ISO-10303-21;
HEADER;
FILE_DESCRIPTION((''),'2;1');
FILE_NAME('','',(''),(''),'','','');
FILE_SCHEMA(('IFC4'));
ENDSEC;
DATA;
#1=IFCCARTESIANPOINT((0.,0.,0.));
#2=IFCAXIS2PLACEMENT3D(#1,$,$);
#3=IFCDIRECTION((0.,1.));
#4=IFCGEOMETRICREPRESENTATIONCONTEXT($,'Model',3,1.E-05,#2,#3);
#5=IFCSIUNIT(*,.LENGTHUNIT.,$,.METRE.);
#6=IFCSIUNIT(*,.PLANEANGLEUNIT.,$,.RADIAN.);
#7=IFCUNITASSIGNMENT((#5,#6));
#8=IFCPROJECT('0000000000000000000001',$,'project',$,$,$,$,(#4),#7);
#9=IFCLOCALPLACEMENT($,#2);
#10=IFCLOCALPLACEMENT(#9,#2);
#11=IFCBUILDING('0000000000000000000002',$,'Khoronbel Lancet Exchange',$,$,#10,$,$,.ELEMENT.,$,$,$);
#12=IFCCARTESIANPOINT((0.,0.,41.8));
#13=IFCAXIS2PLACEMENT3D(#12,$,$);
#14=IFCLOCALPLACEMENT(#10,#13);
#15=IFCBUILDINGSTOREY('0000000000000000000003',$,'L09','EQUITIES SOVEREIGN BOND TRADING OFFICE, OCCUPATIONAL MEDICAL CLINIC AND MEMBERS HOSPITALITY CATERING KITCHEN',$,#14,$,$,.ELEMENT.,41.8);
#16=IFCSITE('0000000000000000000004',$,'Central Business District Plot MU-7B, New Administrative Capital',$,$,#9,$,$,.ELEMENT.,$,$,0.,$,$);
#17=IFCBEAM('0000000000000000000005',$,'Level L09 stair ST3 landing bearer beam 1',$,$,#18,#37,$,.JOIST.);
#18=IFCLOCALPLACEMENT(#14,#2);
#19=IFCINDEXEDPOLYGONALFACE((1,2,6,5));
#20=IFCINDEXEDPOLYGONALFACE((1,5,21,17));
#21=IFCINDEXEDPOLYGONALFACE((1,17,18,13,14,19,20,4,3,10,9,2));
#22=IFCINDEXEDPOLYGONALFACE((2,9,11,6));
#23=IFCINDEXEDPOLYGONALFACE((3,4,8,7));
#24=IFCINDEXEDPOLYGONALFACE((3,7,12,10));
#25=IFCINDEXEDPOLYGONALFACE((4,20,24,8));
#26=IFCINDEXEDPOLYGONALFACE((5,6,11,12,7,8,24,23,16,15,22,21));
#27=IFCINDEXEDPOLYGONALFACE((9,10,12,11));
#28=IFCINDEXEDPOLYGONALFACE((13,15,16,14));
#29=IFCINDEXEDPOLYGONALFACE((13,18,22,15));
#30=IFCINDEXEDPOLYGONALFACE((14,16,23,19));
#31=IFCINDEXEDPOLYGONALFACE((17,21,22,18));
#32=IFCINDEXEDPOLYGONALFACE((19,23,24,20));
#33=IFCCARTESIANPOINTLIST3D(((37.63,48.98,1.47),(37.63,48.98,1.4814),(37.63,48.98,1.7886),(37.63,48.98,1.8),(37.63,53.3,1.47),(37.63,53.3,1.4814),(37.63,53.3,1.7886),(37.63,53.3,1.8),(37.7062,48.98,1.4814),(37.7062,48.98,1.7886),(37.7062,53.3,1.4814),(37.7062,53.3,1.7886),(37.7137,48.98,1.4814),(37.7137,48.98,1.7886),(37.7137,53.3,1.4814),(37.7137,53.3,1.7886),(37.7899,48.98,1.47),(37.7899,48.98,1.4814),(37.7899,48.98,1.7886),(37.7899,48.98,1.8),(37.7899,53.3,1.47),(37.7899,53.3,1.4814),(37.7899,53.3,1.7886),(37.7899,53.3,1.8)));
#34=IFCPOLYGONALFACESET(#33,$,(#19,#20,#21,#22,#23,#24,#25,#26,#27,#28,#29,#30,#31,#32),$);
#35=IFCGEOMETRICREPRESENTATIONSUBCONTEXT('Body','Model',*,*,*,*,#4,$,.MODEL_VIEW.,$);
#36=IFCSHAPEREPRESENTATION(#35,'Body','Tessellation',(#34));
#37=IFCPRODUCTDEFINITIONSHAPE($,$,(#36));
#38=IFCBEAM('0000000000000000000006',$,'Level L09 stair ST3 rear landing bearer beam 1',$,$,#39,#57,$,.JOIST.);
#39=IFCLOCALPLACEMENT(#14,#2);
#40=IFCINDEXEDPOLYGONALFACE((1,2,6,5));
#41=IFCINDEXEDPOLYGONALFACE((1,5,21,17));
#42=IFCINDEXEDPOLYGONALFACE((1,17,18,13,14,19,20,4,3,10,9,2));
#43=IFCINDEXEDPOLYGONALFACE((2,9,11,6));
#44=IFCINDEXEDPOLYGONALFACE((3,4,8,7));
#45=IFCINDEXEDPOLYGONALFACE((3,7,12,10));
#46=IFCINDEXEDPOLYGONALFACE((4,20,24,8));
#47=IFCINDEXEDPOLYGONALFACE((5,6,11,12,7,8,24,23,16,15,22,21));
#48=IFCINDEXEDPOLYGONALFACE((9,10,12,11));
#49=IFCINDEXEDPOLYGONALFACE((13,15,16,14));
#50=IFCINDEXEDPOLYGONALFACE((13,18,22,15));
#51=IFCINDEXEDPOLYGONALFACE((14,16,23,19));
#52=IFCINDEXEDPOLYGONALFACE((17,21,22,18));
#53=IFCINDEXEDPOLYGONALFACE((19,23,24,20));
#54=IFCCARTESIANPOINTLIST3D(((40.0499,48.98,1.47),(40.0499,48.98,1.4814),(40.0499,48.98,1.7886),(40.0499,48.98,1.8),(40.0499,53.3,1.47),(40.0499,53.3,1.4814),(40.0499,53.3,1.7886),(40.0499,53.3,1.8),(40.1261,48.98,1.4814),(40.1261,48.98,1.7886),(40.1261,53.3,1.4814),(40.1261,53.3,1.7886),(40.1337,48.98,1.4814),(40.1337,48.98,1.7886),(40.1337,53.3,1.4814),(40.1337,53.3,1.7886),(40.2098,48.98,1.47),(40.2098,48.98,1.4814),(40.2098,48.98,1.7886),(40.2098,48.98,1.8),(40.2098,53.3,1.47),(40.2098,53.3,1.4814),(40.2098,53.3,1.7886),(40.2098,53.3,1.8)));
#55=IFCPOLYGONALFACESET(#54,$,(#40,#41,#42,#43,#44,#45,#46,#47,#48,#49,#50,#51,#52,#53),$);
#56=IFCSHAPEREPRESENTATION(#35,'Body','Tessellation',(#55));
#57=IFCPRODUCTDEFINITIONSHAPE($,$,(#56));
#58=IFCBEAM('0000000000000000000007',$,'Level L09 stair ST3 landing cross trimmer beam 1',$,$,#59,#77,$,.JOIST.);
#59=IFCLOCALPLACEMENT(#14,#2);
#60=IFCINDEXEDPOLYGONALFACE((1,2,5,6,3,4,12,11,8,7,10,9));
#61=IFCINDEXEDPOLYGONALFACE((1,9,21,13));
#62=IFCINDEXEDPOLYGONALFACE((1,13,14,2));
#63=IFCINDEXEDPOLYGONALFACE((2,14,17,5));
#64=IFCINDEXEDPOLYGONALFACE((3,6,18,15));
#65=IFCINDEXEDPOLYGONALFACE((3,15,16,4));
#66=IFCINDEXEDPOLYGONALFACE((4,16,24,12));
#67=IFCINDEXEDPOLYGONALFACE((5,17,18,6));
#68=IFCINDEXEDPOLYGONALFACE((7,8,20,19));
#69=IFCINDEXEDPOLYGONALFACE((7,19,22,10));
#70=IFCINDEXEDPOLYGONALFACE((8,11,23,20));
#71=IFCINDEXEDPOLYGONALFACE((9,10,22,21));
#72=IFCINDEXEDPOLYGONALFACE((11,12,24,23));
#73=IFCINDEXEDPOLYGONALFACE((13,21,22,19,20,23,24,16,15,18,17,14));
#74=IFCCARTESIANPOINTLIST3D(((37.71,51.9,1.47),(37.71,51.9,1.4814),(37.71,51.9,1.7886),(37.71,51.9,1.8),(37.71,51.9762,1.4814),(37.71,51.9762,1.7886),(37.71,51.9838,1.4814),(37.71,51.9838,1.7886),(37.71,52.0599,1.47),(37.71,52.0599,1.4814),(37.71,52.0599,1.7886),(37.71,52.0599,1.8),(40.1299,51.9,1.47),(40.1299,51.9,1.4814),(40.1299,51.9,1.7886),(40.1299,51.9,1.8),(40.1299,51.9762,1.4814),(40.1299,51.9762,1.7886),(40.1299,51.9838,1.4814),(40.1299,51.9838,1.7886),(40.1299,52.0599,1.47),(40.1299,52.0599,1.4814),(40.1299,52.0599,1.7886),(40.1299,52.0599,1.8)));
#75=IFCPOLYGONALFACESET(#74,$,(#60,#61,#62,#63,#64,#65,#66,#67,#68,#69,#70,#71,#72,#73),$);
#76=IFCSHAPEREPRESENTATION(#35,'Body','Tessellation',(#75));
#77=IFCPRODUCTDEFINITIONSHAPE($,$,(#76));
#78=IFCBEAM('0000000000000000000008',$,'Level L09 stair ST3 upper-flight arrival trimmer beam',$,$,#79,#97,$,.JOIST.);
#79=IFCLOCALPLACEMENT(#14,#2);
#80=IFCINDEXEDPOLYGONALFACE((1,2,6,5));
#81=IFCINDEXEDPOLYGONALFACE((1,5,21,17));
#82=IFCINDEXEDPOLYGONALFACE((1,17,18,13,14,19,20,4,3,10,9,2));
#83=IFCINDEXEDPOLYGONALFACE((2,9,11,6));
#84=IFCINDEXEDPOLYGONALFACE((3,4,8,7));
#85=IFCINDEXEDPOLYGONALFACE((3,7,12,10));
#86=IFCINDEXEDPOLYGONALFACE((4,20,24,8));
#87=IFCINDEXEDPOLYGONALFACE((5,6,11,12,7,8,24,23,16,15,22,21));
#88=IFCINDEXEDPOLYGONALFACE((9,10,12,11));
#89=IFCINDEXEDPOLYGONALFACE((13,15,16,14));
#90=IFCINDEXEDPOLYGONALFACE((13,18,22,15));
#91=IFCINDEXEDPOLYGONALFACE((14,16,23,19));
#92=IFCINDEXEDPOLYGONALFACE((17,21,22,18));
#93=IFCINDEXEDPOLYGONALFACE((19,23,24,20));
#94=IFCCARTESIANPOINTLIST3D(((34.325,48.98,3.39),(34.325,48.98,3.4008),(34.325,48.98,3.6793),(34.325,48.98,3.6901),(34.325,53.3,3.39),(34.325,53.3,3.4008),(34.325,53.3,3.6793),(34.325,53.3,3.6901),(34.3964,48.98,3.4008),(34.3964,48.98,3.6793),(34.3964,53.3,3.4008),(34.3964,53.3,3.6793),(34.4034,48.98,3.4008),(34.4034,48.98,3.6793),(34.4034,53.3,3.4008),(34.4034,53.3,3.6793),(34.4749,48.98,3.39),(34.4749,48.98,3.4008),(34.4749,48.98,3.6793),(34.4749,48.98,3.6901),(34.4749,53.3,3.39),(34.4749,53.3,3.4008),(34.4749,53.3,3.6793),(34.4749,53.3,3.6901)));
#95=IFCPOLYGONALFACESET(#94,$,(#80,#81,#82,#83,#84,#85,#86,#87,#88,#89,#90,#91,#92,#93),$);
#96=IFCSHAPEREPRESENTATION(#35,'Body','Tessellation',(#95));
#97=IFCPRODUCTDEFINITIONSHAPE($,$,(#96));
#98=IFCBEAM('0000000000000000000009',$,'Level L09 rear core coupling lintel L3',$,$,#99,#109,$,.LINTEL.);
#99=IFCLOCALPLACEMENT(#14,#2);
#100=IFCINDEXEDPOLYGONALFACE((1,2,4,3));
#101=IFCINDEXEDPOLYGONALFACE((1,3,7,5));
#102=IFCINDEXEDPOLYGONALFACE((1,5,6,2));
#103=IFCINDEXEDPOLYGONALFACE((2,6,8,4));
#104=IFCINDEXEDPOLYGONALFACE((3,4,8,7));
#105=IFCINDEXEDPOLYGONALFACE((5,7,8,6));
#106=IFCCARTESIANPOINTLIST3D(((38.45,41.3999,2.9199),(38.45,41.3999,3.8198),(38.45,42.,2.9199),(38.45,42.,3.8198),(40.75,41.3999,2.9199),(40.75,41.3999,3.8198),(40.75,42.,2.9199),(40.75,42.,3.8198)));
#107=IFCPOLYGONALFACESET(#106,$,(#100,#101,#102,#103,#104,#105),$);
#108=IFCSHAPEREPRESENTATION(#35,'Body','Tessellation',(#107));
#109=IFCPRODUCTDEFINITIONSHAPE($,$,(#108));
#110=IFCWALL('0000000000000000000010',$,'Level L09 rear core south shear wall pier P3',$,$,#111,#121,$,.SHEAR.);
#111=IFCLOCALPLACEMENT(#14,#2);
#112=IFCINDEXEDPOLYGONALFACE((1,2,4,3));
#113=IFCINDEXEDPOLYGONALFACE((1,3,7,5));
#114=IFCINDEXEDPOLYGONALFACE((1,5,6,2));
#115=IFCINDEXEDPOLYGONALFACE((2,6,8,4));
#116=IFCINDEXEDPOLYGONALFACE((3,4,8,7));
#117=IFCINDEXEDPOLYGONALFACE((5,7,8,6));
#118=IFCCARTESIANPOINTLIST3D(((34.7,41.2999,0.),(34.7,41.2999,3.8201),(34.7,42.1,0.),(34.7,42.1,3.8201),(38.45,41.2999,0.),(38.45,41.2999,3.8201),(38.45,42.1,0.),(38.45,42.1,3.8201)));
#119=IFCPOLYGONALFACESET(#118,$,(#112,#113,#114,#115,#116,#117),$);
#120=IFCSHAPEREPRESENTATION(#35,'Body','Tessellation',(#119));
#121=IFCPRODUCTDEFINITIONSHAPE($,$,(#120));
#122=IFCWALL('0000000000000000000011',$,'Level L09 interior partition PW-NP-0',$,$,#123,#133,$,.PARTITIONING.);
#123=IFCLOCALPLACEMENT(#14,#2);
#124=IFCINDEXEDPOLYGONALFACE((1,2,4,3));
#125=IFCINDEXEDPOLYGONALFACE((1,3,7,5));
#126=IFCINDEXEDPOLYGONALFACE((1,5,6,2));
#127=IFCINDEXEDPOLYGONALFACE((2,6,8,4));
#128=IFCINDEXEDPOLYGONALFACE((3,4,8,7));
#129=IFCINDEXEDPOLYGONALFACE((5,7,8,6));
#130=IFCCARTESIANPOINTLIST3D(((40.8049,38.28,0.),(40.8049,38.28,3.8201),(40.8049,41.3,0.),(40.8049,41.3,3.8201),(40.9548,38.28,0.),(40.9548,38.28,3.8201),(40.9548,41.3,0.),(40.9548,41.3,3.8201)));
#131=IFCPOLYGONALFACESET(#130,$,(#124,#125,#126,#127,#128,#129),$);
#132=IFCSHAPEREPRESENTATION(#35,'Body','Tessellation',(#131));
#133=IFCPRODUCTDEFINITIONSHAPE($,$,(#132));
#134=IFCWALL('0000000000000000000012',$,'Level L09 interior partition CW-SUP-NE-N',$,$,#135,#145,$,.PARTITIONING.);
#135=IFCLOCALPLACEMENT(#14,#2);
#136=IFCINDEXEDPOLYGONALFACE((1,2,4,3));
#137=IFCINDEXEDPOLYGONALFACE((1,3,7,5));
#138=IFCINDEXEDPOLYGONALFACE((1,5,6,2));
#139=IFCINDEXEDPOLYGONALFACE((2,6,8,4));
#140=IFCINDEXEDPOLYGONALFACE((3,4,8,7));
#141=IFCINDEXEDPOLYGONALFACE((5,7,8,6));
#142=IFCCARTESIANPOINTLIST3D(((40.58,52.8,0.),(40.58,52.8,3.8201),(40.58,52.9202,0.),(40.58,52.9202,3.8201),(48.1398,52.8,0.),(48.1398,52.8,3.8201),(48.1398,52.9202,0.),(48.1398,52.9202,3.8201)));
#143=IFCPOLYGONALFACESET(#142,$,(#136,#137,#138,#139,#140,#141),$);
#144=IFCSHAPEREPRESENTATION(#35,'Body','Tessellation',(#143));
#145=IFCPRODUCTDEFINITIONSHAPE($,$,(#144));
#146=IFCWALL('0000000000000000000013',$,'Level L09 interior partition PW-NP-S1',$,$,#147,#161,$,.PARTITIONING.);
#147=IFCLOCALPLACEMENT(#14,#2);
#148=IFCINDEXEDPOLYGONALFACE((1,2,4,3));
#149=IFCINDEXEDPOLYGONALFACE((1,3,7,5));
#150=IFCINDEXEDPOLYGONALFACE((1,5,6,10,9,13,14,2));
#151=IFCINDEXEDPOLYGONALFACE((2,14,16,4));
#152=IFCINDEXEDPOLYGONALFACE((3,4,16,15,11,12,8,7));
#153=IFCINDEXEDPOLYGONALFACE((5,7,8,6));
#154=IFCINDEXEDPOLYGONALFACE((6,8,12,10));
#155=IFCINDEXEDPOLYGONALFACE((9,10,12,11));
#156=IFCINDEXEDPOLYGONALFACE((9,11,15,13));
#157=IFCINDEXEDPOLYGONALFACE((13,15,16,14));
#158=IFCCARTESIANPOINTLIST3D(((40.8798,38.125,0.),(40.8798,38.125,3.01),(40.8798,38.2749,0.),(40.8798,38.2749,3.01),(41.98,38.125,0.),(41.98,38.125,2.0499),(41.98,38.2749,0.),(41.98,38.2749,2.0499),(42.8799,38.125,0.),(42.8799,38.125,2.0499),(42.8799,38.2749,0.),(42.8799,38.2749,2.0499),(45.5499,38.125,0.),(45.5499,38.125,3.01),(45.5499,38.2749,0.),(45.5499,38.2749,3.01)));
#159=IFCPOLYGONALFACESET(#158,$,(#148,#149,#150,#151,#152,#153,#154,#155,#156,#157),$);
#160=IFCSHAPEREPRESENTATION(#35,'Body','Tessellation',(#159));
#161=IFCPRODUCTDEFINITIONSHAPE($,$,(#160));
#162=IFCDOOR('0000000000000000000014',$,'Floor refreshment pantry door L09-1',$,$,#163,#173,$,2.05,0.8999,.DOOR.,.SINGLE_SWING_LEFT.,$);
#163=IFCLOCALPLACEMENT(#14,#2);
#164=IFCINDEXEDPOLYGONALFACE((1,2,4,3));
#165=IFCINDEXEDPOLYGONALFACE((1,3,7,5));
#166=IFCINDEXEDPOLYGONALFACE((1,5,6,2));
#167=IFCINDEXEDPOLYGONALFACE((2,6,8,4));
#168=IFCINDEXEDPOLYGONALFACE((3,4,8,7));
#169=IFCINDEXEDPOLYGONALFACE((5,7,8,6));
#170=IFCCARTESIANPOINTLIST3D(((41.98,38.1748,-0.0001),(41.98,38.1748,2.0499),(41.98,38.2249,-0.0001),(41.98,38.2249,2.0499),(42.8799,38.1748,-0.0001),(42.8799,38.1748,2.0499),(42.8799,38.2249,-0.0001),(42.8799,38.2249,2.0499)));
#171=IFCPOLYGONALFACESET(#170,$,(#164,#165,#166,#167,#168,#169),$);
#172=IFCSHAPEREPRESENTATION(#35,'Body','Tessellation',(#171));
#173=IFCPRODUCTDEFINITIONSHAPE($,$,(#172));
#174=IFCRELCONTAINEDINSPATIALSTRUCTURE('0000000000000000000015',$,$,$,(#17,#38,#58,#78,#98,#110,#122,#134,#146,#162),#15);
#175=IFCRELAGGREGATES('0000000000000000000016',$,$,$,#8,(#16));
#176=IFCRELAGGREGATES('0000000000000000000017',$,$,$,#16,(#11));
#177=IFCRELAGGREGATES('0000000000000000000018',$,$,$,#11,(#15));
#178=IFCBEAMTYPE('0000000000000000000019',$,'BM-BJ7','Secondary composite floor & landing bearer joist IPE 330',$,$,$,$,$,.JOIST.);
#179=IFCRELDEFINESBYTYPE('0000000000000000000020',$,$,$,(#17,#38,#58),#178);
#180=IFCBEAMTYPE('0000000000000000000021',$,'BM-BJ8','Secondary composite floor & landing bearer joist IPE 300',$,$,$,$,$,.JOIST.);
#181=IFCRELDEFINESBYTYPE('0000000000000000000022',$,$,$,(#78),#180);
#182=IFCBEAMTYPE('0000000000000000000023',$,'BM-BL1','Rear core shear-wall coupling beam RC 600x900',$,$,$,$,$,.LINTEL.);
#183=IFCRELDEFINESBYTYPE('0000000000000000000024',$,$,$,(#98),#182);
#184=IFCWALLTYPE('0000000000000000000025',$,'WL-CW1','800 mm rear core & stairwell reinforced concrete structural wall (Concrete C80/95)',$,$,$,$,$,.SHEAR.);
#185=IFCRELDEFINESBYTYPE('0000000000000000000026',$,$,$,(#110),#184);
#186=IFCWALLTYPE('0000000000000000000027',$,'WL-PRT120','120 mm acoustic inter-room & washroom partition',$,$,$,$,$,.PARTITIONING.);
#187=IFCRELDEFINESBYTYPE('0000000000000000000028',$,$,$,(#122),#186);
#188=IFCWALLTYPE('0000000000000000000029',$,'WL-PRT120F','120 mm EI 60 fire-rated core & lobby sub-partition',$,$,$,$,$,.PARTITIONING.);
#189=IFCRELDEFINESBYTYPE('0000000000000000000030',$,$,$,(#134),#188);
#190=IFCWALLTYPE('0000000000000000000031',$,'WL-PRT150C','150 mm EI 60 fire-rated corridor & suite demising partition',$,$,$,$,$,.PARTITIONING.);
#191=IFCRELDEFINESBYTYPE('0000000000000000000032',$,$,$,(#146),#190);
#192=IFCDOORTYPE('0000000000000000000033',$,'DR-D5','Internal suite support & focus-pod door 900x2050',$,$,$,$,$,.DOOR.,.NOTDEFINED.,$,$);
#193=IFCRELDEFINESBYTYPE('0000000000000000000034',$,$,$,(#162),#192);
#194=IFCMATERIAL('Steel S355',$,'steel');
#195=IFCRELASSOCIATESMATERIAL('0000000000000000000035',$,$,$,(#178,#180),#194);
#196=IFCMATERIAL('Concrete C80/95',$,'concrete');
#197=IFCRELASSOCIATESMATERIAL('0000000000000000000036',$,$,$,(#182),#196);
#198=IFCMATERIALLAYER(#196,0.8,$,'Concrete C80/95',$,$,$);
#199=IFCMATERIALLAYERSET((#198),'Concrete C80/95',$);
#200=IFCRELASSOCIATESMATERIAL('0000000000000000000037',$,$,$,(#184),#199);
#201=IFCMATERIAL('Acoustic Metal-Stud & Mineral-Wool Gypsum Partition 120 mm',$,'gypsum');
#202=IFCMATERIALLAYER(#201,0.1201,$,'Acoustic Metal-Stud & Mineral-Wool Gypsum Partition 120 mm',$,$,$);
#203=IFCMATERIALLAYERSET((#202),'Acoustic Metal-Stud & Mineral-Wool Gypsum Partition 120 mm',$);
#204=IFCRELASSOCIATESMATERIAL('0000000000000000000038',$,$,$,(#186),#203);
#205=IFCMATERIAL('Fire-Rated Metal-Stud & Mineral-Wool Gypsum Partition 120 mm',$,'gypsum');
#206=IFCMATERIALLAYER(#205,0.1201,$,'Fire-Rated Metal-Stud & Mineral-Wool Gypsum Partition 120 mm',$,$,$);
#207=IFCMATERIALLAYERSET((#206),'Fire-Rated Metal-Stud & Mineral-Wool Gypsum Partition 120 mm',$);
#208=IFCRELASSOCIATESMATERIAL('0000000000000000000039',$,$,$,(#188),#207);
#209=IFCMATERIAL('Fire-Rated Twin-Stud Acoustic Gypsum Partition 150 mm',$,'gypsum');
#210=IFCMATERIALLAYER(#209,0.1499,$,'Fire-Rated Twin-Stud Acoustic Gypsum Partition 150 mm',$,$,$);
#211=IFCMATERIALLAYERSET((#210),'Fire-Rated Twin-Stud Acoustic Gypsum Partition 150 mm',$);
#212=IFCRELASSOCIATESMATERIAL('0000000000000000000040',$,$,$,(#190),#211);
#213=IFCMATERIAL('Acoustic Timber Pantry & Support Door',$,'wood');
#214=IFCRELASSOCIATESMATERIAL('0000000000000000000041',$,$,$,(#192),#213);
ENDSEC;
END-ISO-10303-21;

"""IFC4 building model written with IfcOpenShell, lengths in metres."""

from ifc_helpers import new_model, si_unit, direction, frame, frame_2d, origin, origin_2d, place, context, subcontext, project, spatial, rectangle, i_section, extrude, material, layer, layer_set, material_profile, profile_set, type_object, element, fill, save


model = new_model("IFC4")

# Units and contexts
model_context = context("Model", 3, precision=1e-05, world=origin(), true_north=direction((0.0, 1.0)))
body_context = subcontext(model_context, "Body", "Model", "MODEL_VIEW")
ifc_project = project(units=[si_unit("LENGTHUNIT", "METRE"), si_unit("PLANEANGLEUNIT", "RADIAN")], contexts=[model_context])

# Site, building, storey
site_placement = place(None, origin())
site = spatial("IfcSite", under=ifc_project, at=site_placement, Name="Central Business District Plot MU-7B, New Administrative Capital", CompositionType="ELEMENT", RefElevation=0.0)
building_placement = place(site_placement, origin())
building = spatial("IfcBuilding", under=site, at=building_placement, Name="Khoronbel Lancet Exchange", CompositionType="ELEMENT")
storey_placement = place(building_placement, frame((0.0, 0.0, 41.8)))
storey = spatial("IfcBuildingStorey", under=building, at=storey_placement, Name="L09", Description="EQUITIES SOVEREIGN BOND TRADING OFFICE, OCCUPATIONAL MEDICAL CLINIC AND MEMBERS HOSPITALITY CATERING KITCHEN", CompositionType="ELEMENT", Elevation=41.8)

# Beams
ifc_material_1 = material(Name="Steel S355", Category="steel")
ifc_material_profile_1 = material_profile(ifc_material_1, i_section(OverallWidth=0.1599, OverallDepth=0.3301, WebThickness=0.0076, FlangeThickness=0.0115, at=origin_2d()), Name="IPE 330")
ifc_profile_set_1 = profile_set([ifc_material_profile_1], Name="Steel S355")
beam_type_1 = type_object("IfcBeamType", Name="BM-BJ7", Description="Secondary composite floor & landing bearer joist IPE 330", PredefinedType="JOIST", material=ifc_profile_set_1)
for number, where, z_axis, x_axis, name in (
    (1, (37.71, 48.98, 1.635), (0.0, 1.0, 0.0), (-1.0, 0.0, 0.0), "Level L09 stair ST3 landing bearer beam 1"),
    (2, (40.1299, 48.98, 1.635), (0.0, 1.0, 0.0), (-1.0, 0.0, 0.0), "Level L09 stair ST3 rear landing bearer beam 1"),
):
    element("IfcBeam", number, at=place(storey_placement, frame(where, z_axis=z_axis, x_axis=x_axis)), inside=storey, type_object=beam_type_1, Name=name, PredefinedType="JOIST", context=body_context, shape_type="SweptSolid", body=[
        extrude(i_section(OverallWidth=0.1599, OverallDepth=0.3301, WebThickness=0.0076, FlangeThickness=0.0115, at=origin_2d()), origin(), (0.0, 0.0, 1.0), 4.3201),
    ])
beam_1_placement = place(storey_placement, frame((37.71, 51.98, 1.635), z_axis=(1.0, 0.0, 0.0), x_axis=(0.0, 1.0, 0.0)))
element("IfcBeam", 3, at=beam_1_placement, inside=storey, type_object=beam_type_1, Name="Level L09 stair ST3 landing cross trimmer beam 1", PredefinedType="JOIST", context=body_context, shape_type="SweptSolid", body=[
    extrude(i_section(OverallWidth=0.1599, OverallDepth=0.3301, WebThickness=0.0076, FlangeThickness=0.0115, at=origin_2d()), origin(), (0.0, 0.0, 1.0), 2.4199),
])
ifc_material_profile_2 = material_profile(ifc_material_1, i_section(OverallWidth=0.1499, OverallDepth=0.3, WebThickness=0.0071, FlangeThickness=0.0107, at=origin_2d()), Name="IPE 300")
ifc_profile_set_2 = profile_set([ifc_material_profile_2], Name="Steel S355")
beam_type_2 = type_object("IfcBeamType", Name="BM-BJ8", Description="Secondary composite floor & landing bearer joist IPE 300", PredefinedType="JOIST", material=ifc_profile_set_2)
beam_2_placement = place(storey_placement, frame((34.3999, 48.98, 3.54), z_axis=(0.0, 1.0, 0.0), x_axis=(-1.0, 0.0, 0.0)))
element("IfcBeam", 4, at=beam_2_placement, inside=storey, type_object=beam_type_2, Name="Level L09 stair ST3 upper-flight arrival trimmer beam", PredefinedType="JOIST", context=body_context, shape_type="SweptSolid", body=[
    extrude(i_section(OverallWidth=0.1499, OverallDepth=0.3, WebThickness=0.0071, FlangeThickness=0.0107, at=origin_2d()), origin(), (0.0, 0.0, 1.0), 4.3201),
])
ifc_material_2 = material(Name="Concrete C80/95", Category="concrete")
ifc_material_profile_3 = material_profile(ifc_material_2, rectangle(XDim=0.6001, YDim=0.8999, at=origin_2d()), Name="RC 600x900")
ifc_profile_set_3 = profile_set([ifc_material_profile_3], Name="Concrete C80/95")
beam_type_3 = type_object("IfcBeamType", Name="BM-BL1", Description="Rear core shear-wall coupling beam RC 600x900", PredefinedType="LINTEL", material=ifc_profile_set_3)
beam_3_placement = place(storey_placement, frame((38.45, 41.7, 3.3699), z_axis=(1.0, 0.0, 0.0), x_axis=(0.0, 1.0, 0.0)))
element("IfcBeam", 5, at=beam_3_placement, inside=storey, type_object=beam_type_3, Name="Level L09 rear core coupling lintel L3", PredefinedType="LINTEL", context=body_context, shape_type="SweptSolid", body=[
    extrude(rectangle(XDim=0.6001, YDim=0.8999, at=origin_2d()), origin(), (0.0, 0.0, 1.0), 2.3),
])

# Walls
ifc_layer_1 = layer(ifc_material_2, 0.8, Name="Concrete C80/95")
ifc_layer_set_1 = layer_set([ifc_layer_1], Name="Concrete C80/95")
wall_type_1 = type_object("IfcWallType", Name="WL-CW1", Description="800 mm rear core & stairwell reinforced concrete structural wall (Concrete C80/95)", PredefinedType="SHEAR", material=ifc_layer_set_1)
wall_1_placement = place(storey_placement, frame((38.45, 41.7, 0.0), z_axis=(0.0, 0.0, 1.0), x_axis=(-1.0, 0.0, 0.0)))
element("IfcWall", 6, at=wall_1_placement, inside=storey, type_object=wall_type_1, Name="Level L09 rear core south shear wall pier P3", PredefinedType="SHEAR", context=body_context, shape_type="SweptSolid", body=[
    extrude(rectangle(XDim=3.75, YDim=0.8, at=frame_2d((1.875, 0.0))), origin(), (0.0, 0.0, 1.0), 3.8201),
])
ifc_material_3 = material(Name="Acoustic Metal-Stud & Mineral-Wool Gypsum Partition 120 mm", Category="gypsum")
ifc_layer_2 = layer(ifc_material_3, 0.1201, Name="Acoustic Metal-Stud & Mineral-Wool Gypsum Partition 120 mm")
ifc_layer_set_2 = layer_set([ifc_layer_2], Name="Acoustic Metal-Stud & Mineral-Wool Gypsum Partition 120 mm")
wall_type_2 = type_object("IfcWallType", Name="WL-PRT120", Description="120 mm acoustic inter-room & washroom partition", PredefinedType="PARTITIONING", material=ifc_layer_set_2)
wall_2_placement = place(storey_placement, frame((40.8799, 38.28, 0.0), z_axis=(0.0, 0.0, 1.0), x_axis=(0.0, 1.0, 0.0)))
element("IfcWall", 7, at=wall_2_placement, inside=storey, type_object=wall_type_2, Name="Level L09 interior partition PW-NP-0", PredefinedType="PARTITIONING", context=body_context, shape_type="SweptSolid", body=[
    extrude(rectangle(XDim=3.02, YDim=0.1499, at=frame_2d((1.51, 0.0))), origin(), (0.0, 0.0, 1.0), 3.8201),
])
ifc_material_4 = material(Name="Fire-Rated Metal-Stud & Mineral-Wool Gypsum Partition 120 mm", Category="gypsum")
ifc_layer_3 = layer(ifc_material_4, 0.1201, Name="Fire-Rated Metal-Stud & Mineral-Wool Gypsum Partition 120 mm")
ifc_layer_set_3 = layer_set([ifc_layer_3], Name="Fire-Rated Metal-Stud & Mineral-Wool Gypsum Partition 120 mm")
wall_type_3 = type_object("IfcWallType", Name="WL-PRT120F", Description="120 mm EI 60 fire-rated core & lobby sub-partition", PredefinedType="PARTITIONING", material=ifc_layer_set_3)
wall_3_placement = place(storey_placement, frame((40.5801, 52.8601, 0.0), z_axis=(0.0, 0.0, 1.0), x_axis=(1.0, 0.0, 0.0)))
element("IfcWall", 8, at=wall_3_placement, inside=storey, type_object=wall_type_3, Name="Level L09 interior partition CW-SUP-NE-N", PredefinedType="PARTITIONING", context=body_context, shape_type="SweptSolid", body=[
    extrude(rectangle(XDim=7.5598, YDim=0.1201, at=frame_2d((3.7798, 0.0))), origin(), (0.0, 0.0, 1.0), 3.8201),
])

# Wall, opening, door
ifc_material_5 = material(Name="Fire-Rated Twin-Stud Acoustic Gypsum Partition 150 mm", Category="gypsum")
ifc_layer_4 = layer(ifc_material_5, 0.1499, Name="Fire-Rated Twin-Stud Acoustic Gypsum Partition 150 mm")
ifc_layer_set_4 = layer_set([ifc_layer_4], Name="Fire-Rated Twin-Stud Acoustic Gypsum Partition 150 mm")
wall_type_4 = type_object("IfcWallType", Name="WL-PRT150C", Description="150 mm EI 60 fire-rated corridor & suite demising partition", PredefinedType="PARTITIONING", material=ifc_layer_set_4)
wall_4_placement = place(storey_placement, frame((40.8799, 38.2, 0.0), z_axis=(0.0, 0.0, 1.0), x_axis=(1.0, 0.0, 0.0)))
wall_4 = element("IfcWall", 9, at=wall_4_placement, inside=storey, type_object=wall_type_4, Name="Level L09 interior partition PW-NP-S1", PredefinedType="PARTITIONING", context=body_context, shape_type="SweptSolid", body=[
    extrude(rectangle(XDim=4.6702, YDim=0.1499, at=frame_2d((2.335, 0.0))), origin(), (0.0, 0.0, 1.0), 3.01),
])
opening_1_placement = place(wall_4_placement, frame((1.1001, 0.0, 0.0)))
opening_1 = element("IfcOpeningElement", 10, at=opening_1_placement, cuts=wall_4, PredefinedType="OPENING", context=body_context, shape_type="SweptSolid", body=[
    extrude(rectangle(XDim=0.8999, YDim=2.05, at=frame_2d((0.45, 1.0249))), frame((0.0, 0.085, 0.0), z_axis=(0.0, -1.0, 0.0), x_axis=(1.0, 0.0, 0.0)), (0.0, 0.0, 1.0), 0.1699),
])
ifc_material_6 = material(Name="Acoustic Timber Pantry & Support Door", Category="wood")
door_type_1 = type_object("IfcDoorType", Name="DR-D5", Description="Internal suite support & focus-pod door 900x2050", OperationType="NOTDEFINED", PredefinedType="DOOR", material=ifc_material_6)
door_1_placement = place(opening_1_placement, origin())
door_1 = element("IfcDoor", 11, at=door_1_placement, inside=storey, type_object=door_type_1, Name="Floor refreshment pantry door L09-1", OperationType="SINGLE_SWING_LEFT", OverallHeight=2.05, OverallWidth=0.8999, PredefinedType="DOOR", context=body_context, shape_type="SweptSolid", body=[
    extrude(rectangle(XDim=0.8999, YDim=2.05, at=frame_2d((0.45, 1.0249))), frame((0.0, 0.0249, 0.0), z_axis=(0.0, -1.0, 0.0), x_axis=(1.0, 0.0, 0.0)), (0.0, 0.0, 1.0), 0.05),
])
fill(opening_1, door_1)

save(model, "model.ifc")
